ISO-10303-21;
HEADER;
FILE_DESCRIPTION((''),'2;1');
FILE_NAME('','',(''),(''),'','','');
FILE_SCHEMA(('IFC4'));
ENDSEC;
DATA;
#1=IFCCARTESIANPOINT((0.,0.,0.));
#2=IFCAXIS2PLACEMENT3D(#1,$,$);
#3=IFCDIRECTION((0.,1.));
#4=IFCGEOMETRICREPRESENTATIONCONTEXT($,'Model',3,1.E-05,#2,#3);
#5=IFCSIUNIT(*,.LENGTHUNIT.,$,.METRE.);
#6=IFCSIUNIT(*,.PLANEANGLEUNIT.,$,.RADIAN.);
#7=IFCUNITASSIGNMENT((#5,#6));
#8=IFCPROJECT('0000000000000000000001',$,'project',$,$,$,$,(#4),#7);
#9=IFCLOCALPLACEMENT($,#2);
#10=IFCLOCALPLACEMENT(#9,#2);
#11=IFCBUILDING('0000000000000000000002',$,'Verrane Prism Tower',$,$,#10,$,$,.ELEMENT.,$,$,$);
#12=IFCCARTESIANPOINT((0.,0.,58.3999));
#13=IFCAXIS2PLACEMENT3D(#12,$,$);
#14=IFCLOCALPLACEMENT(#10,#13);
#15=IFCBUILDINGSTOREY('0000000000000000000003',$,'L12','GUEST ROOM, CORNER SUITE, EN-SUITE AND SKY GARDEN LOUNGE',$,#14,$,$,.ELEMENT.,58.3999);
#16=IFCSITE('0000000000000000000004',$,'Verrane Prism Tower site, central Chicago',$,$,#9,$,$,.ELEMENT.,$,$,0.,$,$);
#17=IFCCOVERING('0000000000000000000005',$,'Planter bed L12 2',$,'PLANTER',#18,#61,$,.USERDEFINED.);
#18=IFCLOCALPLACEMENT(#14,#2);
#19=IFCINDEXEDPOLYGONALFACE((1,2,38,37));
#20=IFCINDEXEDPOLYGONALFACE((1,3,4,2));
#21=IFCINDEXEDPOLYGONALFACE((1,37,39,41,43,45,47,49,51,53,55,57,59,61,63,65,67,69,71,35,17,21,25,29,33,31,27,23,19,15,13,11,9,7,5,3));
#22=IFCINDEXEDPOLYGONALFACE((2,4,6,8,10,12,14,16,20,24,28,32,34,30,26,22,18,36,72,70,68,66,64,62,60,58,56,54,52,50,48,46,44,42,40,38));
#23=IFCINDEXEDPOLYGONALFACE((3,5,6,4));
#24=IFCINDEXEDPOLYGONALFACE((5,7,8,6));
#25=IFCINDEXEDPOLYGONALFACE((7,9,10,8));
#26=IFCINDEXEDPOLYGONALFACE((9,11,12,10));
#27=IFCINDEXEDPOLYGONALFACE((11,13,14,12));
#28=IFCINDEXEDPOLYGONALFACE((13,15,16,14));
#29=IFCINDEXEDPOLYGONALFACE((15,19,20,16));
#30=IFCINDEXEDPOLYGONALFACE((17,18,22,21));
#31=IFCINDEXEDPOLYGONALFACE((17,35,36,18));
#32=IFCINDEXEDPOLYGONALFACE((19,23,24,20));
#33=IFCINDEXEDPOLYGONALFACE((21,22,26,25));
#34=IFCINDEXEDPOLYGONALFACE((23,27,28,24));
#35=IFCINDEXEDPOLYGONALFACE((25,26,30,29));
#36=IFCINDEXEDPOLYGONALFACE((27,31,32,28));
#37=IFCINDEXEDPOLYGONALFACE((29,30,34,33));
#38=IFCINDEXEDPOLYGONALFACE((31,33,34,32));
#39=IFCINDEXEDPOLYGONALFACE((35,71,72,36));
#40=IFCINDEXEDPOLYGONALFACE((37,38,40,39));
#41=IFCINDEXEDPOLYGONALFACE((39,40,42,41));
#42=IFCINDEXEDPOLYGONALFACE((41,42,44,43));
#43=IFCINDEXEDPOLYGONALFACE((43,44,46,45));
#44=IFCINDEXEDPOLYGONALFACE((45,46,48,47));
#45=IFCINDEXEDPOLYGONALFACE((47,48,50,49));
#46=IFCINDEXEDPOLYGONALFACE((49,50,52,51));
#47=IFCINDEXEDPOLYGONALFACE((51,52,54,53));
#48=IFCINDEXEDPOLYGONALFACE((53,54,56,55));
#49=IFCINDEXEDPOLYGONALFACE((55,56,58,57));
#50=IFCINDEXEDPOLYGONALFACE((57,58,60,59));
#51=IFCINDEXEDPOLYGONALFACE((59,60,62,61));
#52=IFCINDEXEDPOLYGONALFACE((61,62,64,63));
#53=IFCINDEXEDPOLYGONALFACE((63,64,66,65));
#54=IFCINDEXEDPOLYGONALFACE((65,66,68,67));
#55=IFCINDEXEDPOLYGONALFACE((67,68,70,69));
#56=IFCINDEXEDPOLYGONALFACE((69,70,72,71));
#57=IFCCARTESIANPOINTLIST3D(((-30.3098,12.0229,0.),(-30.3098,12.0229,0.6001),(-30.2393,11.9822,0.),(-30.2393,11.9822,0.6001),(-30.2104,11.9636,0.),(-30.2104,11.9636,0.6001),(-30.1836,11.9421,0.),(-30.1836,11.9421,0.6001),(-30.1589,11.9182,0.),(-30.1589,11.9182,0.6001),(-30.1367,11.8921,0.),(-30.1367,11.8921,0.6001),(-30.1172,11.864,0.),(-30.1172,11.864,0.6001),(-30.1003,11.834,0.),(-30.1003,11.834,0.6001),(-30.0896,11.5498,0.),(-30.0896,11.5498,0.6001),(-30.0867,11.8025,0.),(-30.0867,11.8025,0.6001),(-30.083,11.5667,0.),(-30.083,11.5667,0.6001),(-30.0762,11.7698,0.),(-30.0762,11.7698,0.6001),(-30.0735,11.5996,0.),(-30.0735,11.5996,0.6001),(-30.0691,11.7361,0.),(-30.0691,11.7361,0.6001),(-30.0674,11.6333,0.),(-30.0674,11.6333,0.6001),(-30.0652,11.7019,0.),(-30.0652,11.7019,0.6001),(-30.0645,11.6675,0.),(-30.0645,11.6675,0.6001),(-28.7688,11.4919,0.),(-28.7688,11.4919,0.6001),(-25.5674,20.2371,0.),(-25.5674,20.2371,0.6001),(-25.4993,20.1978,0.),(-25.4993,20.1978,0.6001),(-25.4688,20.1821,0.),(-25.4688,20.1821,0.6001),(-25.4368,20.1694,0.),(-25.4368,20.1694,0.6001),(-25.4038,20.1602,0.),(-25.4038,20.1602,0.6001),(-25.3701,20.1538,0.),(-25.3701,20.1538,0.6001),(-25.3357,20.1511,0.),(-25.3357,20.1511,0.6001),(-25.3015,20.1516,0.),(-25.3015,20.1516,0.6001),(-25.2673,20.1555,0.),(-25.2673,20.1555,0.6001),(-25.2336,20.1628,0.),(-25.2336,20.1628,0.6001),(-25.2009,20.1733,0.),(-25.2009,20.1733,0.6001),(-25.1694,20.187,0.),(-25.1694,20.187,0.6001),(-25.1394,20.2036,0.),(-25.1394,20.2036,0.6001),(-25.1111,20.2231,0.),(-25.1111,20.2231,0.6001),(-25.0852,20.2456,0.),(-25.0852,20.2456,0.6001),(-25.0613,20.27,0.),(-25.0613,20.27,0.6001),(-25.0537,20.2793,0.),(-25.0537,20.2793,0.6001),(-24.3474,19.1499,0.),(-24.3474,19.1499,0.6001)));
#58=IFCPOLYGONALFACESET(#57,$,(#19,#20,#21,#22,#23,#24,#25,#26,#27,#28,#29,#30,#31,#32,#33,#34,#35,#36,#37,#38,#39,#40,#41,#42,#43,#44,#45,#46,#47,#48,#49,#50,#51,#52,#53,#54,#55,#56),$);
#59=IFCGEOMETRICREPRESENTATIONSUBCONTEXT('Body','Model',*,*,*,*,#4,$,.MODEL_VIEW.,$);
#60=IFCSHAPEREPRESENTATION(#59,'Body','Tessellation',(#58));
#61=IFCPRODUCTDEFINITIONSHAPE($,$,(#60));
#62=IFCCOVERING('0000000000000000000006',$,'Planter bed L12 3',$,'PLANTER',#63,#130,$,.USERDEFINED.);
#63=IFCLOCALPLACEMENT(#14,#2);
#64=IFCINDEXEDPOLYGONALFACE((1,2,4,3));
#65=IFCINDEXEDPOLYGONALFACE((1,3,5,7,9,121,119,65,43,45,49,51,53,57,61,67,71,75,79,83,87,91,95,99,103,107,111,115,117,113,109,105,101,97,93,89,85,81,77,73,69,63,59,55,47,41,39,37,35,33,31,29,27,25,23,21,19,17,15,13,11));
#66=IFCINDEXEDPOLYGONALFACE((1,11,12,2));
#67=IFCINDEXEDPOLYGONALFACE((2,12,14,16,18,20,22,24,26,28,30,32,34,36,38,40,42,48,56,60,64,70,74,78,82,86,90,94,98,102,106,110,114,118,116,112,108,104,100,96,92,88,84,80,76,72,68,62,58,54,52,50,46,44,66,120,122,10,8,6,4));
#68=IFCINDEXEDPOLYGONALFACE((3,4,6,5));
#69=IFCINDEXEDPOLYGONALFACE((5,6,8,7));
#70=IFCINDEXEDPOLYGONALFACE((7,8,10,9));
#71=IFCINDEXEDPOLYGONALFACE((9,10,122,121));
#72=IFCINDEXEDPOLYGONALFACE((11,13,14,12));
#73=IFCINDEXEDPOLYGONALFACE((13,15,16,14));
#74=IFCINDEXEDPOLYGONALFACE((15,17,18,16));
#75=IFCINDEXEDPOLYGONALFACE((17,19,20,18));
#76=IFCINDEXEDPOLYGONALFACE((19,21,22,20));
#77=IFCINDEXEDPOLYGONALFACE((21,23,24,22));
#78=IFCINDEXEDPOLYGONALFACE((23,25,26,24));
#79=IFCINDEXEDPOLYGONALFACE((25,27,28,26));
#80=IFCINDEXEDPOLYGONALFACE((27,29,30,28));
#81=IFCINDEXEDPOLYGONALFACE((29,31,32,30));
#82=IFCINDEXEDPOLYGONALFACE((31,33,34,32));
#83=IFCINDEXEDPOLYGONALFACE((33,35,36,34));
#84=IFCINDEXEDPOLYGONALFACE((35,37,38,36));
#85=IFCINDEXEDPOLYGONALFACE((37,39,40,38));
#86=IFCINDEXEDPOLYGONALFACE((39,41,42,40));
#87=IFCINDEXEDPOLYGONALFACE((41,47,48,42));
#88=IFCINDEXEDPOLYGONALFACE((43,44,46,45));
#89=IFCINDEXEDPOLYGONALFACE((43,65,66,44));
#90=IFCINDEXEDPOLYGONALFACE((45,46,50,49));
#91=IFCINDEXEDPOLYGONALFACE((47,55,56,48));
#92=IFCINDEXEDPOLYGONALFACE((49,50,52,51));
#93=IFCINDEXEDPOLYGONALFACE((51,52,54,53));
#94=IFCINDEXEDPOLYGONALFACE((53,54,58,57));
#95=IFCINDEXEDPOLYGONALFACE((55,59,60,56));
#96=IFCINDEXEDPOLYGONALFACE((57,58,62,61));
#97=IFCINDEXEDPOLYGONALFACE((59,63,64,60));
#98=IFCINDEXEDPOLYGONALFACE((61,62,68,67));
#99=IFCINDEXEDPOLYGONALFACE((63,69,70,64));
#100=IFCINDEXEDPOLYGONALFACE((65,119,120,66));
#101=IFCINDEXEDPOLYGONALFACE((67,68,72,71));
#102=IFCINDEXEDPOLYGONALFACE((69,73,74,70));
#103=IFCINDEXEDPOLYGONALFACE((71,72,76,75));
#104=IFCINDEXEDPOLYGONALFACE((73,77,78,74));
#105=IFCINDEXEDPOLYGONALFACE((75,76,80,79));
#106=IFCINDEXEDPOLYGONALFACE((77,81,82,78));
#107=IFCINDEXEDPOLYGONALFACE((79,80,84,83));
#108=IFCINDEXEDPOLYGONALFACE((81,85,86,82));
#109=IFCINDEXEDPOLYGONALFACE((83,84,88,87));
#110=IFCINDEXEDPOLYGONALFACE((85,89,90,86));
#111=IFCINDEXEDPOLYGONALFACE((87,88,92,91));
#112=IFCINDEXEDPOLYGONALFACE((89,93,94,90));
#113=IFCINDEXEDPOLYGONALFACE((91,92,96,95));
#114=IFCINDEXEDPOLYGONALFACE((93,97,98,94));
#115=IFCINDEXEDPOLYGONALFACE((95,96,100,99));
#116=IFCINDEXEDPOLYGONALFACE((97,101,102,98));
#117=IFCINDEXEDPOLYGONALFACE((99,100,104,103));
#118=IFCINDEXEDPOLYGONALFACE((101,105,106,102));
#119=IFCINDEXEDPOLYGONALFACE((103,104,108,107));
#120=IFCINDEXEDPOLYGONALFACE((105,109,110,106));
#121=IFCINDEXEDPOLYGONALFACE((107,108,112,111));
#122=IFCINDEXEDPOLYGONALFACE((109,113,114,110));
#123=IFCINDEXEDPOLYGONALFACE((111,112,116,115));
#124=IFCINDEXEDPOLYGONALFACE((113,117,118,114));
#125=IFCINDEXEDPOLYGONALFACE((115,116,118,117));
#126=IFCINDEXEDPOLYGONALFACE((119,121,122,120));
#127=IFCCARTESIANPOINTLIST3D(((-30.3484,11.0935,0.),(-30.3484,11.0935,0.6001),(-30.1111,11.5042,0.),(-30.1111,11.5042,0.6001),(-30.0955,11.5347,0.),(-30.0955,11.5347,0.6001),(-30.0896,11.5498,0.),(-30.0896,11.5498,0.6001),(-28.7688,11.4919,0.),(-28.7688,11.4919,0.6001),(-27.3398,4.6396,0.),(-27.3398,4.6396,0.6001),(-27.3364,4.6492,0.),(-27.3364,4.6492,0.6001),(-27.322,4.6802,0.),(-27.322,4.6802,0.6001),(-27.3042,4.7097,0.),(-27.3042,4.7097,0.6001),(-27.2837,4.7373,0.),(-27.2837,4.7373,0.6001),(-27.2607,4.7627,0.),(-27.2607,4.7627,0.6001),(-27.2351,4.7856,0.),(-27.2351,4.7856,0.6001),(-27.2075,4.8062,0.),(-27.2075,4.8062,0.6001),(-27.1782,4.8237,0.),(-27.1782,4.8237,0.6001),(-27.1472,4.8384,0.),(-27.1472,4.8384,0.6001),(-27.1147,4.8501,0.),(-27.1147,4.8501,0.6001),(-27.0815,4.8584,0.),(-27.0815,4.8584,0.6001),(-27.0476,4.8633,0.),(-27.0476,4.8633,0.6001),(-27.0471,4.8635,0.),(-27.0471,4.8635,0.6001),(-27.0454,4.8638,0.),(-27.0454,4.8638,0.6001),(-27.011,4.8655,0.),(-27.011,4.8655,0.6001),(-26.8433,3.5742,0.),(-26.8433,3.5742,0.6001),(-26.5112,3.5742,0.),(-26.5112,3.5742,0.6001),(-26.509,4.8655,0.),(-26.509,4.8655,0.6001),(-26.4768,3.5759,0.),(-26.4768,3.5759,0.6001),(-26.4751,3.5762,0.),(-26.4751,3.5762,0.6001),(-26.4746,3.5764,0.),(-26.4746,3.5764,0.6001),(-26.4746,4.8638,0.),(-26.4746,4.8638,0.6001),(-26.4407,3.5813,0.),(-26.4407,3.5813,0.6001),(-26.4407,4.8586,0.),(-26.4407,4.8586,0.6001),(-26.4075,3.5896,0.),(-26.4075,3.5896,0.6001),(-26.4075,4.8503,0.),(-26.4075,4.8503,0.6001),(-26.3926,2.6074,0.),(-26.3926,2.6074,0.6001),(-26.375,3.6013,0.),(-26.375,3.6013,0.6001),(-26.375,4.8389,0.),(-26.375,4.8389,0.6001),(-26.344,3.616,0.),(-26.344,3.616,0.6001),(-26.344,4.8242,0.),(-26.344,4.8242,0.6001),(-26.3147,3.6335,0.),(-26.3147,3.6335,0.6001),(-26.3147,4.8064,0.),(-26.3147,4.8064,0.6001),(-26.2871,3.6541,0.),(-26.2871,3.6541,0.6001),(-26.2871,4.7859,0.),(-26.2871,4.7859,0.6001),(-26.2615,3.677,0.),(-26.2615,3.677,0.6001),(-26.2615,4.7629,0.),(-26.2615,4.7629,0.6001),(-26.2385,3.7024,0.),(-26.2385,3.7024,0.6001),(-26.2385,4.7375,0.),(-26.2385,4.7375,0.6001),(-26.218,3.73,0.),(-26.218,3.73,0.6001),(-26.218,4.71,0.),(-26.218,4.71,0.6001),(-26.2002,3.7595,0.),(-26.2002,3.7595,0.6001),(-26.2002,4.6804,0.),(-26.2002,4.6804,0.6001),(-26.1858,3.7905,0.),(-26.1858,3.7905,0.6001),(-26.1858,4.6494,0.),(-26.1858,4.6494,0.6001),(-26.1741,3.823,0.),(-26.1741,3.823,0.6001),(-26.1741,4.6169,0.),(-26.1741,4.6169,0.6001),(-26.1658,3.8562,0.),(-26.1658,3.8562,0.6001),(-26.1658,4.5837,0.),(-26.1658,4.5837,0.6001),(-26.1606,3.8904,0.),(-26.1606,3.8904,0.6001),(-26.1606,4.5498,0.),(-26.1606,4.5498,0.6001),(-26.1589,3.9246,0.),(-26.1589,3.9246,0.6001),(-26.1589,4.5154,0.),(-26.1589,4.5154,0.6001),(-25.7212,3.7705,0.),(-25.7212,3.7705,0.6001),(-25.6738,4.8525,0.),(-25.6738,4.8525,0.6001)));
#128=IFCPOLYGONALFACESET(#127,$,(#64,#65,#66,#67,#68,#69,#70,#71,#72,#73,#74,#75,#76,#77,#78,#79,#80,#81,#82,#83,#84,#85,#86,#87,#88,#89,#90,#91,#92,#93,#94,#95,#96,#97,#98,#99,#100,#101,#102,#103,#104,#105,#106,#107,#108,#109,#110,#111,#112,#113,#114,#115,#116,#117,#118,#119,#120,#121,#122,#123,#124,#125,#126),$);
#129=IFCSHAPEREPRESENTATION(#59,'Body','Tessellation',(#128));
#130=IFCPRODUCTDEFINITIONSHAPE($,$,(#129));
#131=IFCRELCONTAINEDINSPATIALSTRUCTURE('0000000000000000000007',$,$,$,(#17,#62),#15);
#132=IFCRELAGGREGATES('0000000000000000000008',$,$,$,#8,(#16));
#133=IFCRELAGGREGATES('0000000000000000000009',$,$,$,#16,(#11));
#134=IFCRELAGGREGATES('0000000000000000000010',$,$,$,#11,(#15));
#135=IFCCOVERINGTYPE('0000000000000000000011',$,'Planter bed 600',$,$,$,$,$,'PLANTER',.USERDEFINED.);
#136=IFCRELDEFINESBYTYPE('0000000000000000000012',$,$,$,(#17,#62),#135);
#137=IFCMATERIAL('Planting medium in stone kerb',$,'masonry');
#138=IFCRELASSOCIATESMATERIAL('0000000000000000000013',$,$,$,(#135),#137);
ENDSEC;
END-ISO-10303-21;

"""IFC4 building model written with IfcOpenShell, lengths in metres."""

from ifc_helpers import new_model, si_unit, direction, frame, origin, place, context, subcontext, project, spatial, polyline, outline, extrude, material, type_object, element, save


model = new_model("IFC4")

# Units and contexts
model_context = context("Model", 3, precision=1e-05, world=origin(), true_north=direction((0.0, 1.0)))
body_context = subcontext(model_context, "Body", "Model", "MODEL_VIEW")
ifc_project = project(units=[si_unit("LENGTHUNIT", "METRE"), si_unit("PLANEANGLEUNIT", "RADIAN")], contexts=[model_context])

# Site, building, storey
site_placement = place(None, origin())
site = spatial("IfcSite", under=ifc_project, at=site_placement, Name="Verrane Prism Tower site, central Chicago", CompositionType="ELEMENT", RefElevation=0.0)
building_placement = place(site_placement, origin())
building = spatial("IfcBuilding", under=site, at=building_placement, Name="Verrane Prism Tower", CompositionType="ELEMENT")
storey_placement = place(building_placement, frame((0.0, 0.0, 58.3999)))
storey = spatial("IfcBuildingStorey", under=building, at=storey_placement, Name="L12", Description="GUEST ROOM, CORNER SUITE, EN-SUITE AND SKY GARDEN LOUNGE", CompositionType="ELEMENT", Elevation=58.3999)

# Coverings
ifc_material_1 = material(Name="Planting medium in stone kerb", Category="masonry")
covering_type_1 = type_object("IfcCoveringType", Name="Planter bed 600", ElementType="PLANTER", PredefinedType="USERDEFINED", material=ifc_material_1)
covering_1_placement = place(storey_placement, origin())
element("IfcCovering", 1, at=covering_1_placement, inside=storey, type_object=covering_type_1, Name="Planter bed L12 2", ObjectType="PLANTER", PredefinedType="USERDEFINED", context=body_context, shape_type="SweptSolid", body=[
    extrude(outline(polyline([(-30.0645, 11.6675), (-30.0674, 11.6333), (-30.0735, 11.5996), (-30.083, 11.5667), (-30.0896, 11.5498), (-28.7688, 11.4919), (-24.3474, 19.1499), (-25.0537, 20.2793), (-25.0613, 20.27), (-25.0852, 20.2456), (-25.1111, 20.2231), (-25.1394, 20.2036), (-25.1694, 20.187), (-25.2009, 20.1733), (-25.2336, 20.1628), (-25.2673, 20.1555), (-25.3015, 20.1516), (-25.3357, 20.1511), (-25.3701, 20.1538), (-25.4038, 20.1602), (-25.4368, 20.1694), (-25.4688, 20.1821), (-25.4993, 20.1978), (-25.5674, 20.2371), (-30.3098, 12.0229), (-30.2393, 11.9822), (-30.2104, 11.9636), (-30.1836, 11.9421), (-30.1589, 11.9182), (-30.1367, 11.8921), (-30.1172, 11.864), (-30.1003, 11.834), (-30.0867, 11.8025), (-30.0762, 11.7698), (-30.0691, 11.7361), (-30.0652, 11.7019), (-30.0645, 11.6675)])), origin(), (0.0, 0.0, 1.0), 0.6001),
])
covering_2_placement = place(storey_placement, origin())
element("IfcCovering", 2, at=covering_2_placement, inside=storey, type_object=covering_type_1, Name="Planter bed L12 3", ObjectType="PLANTER", PredefinedType="USERDEFINED", context=body_context, shape_type="SweptSolid", body=[
    extrude(outline(polyline([(-30.0896, 11.5498), (-30.0955, 11.5347), (-30.1111, 11.5042), (-30.3484, 11.0935), (-27.3398, 4.6396), (-27.3364, 4.6492), (-27.322, 4.6802), (-27.3042, 4.7097), (-27.2837, 4.7373), (-27.2607, 4.7627), (-27.2351, 4.7856), (-27.2075, 4.8062), (-27.1782, 4.8237), (-27.1472, 4.8384), (-27.1147, 4.8501), (-27.0815, 4.8584), (-27.0476, 4.8633), (-27.0471, 4.8635), (-27.0454, 4.8638), (-27.011, 4.8655), (-26.509, 4.8655), (-26.4746, 4.8638), (-26.4407, 4.8586), (-26.4075, 4.8503), (-26.375, 4.8389), (-26.344, 4.8242), (-26.3147, 4.8064), (-26.2871, 4.7859), (-26.2615, 4.7629), (-26.2385, 4.7375), (-26.218, 4.71), (-26.2002, 4.6804), (-26.1858, 4.6494), (-26.1741, 4.6169), (-26.1658, 4.5837), (-26.1606, 4.5498), (-26.1589, 4.5154), (-26.1589, 3.9246), (-26.1606, 3.8904), (-26.1658, 3.8562), (-26.1741, 3.823), (-26.1858, 3.7905), (-26.2002, 3.7595), (-26.218, 3.73), (-26.2385, 3.7024), (-26.2615, 3.677), (-26.2871, 3.6541), (-26.3147, 3.6335), (-26.344, 3.616), (-26.375, 3.6013), (-26.4075, 3.5896), (-26.4407, 3.5813), (-26.4746, 3.5764), (-26.4751, 3.5762), (-26.4768, 3.5759), (-26.5112, 3.5742), (-26.8433, 3.5742), (-26.3926, 2.6074), (-25.7212, 3.7705), (-25.6738, 4.8525), (-28.7688, 11.4919), (-30.0896, 11.5498)])), origin(), (0.0, 0.0, 1.0), 0.6001),
])

save(model, "model.ifc")
